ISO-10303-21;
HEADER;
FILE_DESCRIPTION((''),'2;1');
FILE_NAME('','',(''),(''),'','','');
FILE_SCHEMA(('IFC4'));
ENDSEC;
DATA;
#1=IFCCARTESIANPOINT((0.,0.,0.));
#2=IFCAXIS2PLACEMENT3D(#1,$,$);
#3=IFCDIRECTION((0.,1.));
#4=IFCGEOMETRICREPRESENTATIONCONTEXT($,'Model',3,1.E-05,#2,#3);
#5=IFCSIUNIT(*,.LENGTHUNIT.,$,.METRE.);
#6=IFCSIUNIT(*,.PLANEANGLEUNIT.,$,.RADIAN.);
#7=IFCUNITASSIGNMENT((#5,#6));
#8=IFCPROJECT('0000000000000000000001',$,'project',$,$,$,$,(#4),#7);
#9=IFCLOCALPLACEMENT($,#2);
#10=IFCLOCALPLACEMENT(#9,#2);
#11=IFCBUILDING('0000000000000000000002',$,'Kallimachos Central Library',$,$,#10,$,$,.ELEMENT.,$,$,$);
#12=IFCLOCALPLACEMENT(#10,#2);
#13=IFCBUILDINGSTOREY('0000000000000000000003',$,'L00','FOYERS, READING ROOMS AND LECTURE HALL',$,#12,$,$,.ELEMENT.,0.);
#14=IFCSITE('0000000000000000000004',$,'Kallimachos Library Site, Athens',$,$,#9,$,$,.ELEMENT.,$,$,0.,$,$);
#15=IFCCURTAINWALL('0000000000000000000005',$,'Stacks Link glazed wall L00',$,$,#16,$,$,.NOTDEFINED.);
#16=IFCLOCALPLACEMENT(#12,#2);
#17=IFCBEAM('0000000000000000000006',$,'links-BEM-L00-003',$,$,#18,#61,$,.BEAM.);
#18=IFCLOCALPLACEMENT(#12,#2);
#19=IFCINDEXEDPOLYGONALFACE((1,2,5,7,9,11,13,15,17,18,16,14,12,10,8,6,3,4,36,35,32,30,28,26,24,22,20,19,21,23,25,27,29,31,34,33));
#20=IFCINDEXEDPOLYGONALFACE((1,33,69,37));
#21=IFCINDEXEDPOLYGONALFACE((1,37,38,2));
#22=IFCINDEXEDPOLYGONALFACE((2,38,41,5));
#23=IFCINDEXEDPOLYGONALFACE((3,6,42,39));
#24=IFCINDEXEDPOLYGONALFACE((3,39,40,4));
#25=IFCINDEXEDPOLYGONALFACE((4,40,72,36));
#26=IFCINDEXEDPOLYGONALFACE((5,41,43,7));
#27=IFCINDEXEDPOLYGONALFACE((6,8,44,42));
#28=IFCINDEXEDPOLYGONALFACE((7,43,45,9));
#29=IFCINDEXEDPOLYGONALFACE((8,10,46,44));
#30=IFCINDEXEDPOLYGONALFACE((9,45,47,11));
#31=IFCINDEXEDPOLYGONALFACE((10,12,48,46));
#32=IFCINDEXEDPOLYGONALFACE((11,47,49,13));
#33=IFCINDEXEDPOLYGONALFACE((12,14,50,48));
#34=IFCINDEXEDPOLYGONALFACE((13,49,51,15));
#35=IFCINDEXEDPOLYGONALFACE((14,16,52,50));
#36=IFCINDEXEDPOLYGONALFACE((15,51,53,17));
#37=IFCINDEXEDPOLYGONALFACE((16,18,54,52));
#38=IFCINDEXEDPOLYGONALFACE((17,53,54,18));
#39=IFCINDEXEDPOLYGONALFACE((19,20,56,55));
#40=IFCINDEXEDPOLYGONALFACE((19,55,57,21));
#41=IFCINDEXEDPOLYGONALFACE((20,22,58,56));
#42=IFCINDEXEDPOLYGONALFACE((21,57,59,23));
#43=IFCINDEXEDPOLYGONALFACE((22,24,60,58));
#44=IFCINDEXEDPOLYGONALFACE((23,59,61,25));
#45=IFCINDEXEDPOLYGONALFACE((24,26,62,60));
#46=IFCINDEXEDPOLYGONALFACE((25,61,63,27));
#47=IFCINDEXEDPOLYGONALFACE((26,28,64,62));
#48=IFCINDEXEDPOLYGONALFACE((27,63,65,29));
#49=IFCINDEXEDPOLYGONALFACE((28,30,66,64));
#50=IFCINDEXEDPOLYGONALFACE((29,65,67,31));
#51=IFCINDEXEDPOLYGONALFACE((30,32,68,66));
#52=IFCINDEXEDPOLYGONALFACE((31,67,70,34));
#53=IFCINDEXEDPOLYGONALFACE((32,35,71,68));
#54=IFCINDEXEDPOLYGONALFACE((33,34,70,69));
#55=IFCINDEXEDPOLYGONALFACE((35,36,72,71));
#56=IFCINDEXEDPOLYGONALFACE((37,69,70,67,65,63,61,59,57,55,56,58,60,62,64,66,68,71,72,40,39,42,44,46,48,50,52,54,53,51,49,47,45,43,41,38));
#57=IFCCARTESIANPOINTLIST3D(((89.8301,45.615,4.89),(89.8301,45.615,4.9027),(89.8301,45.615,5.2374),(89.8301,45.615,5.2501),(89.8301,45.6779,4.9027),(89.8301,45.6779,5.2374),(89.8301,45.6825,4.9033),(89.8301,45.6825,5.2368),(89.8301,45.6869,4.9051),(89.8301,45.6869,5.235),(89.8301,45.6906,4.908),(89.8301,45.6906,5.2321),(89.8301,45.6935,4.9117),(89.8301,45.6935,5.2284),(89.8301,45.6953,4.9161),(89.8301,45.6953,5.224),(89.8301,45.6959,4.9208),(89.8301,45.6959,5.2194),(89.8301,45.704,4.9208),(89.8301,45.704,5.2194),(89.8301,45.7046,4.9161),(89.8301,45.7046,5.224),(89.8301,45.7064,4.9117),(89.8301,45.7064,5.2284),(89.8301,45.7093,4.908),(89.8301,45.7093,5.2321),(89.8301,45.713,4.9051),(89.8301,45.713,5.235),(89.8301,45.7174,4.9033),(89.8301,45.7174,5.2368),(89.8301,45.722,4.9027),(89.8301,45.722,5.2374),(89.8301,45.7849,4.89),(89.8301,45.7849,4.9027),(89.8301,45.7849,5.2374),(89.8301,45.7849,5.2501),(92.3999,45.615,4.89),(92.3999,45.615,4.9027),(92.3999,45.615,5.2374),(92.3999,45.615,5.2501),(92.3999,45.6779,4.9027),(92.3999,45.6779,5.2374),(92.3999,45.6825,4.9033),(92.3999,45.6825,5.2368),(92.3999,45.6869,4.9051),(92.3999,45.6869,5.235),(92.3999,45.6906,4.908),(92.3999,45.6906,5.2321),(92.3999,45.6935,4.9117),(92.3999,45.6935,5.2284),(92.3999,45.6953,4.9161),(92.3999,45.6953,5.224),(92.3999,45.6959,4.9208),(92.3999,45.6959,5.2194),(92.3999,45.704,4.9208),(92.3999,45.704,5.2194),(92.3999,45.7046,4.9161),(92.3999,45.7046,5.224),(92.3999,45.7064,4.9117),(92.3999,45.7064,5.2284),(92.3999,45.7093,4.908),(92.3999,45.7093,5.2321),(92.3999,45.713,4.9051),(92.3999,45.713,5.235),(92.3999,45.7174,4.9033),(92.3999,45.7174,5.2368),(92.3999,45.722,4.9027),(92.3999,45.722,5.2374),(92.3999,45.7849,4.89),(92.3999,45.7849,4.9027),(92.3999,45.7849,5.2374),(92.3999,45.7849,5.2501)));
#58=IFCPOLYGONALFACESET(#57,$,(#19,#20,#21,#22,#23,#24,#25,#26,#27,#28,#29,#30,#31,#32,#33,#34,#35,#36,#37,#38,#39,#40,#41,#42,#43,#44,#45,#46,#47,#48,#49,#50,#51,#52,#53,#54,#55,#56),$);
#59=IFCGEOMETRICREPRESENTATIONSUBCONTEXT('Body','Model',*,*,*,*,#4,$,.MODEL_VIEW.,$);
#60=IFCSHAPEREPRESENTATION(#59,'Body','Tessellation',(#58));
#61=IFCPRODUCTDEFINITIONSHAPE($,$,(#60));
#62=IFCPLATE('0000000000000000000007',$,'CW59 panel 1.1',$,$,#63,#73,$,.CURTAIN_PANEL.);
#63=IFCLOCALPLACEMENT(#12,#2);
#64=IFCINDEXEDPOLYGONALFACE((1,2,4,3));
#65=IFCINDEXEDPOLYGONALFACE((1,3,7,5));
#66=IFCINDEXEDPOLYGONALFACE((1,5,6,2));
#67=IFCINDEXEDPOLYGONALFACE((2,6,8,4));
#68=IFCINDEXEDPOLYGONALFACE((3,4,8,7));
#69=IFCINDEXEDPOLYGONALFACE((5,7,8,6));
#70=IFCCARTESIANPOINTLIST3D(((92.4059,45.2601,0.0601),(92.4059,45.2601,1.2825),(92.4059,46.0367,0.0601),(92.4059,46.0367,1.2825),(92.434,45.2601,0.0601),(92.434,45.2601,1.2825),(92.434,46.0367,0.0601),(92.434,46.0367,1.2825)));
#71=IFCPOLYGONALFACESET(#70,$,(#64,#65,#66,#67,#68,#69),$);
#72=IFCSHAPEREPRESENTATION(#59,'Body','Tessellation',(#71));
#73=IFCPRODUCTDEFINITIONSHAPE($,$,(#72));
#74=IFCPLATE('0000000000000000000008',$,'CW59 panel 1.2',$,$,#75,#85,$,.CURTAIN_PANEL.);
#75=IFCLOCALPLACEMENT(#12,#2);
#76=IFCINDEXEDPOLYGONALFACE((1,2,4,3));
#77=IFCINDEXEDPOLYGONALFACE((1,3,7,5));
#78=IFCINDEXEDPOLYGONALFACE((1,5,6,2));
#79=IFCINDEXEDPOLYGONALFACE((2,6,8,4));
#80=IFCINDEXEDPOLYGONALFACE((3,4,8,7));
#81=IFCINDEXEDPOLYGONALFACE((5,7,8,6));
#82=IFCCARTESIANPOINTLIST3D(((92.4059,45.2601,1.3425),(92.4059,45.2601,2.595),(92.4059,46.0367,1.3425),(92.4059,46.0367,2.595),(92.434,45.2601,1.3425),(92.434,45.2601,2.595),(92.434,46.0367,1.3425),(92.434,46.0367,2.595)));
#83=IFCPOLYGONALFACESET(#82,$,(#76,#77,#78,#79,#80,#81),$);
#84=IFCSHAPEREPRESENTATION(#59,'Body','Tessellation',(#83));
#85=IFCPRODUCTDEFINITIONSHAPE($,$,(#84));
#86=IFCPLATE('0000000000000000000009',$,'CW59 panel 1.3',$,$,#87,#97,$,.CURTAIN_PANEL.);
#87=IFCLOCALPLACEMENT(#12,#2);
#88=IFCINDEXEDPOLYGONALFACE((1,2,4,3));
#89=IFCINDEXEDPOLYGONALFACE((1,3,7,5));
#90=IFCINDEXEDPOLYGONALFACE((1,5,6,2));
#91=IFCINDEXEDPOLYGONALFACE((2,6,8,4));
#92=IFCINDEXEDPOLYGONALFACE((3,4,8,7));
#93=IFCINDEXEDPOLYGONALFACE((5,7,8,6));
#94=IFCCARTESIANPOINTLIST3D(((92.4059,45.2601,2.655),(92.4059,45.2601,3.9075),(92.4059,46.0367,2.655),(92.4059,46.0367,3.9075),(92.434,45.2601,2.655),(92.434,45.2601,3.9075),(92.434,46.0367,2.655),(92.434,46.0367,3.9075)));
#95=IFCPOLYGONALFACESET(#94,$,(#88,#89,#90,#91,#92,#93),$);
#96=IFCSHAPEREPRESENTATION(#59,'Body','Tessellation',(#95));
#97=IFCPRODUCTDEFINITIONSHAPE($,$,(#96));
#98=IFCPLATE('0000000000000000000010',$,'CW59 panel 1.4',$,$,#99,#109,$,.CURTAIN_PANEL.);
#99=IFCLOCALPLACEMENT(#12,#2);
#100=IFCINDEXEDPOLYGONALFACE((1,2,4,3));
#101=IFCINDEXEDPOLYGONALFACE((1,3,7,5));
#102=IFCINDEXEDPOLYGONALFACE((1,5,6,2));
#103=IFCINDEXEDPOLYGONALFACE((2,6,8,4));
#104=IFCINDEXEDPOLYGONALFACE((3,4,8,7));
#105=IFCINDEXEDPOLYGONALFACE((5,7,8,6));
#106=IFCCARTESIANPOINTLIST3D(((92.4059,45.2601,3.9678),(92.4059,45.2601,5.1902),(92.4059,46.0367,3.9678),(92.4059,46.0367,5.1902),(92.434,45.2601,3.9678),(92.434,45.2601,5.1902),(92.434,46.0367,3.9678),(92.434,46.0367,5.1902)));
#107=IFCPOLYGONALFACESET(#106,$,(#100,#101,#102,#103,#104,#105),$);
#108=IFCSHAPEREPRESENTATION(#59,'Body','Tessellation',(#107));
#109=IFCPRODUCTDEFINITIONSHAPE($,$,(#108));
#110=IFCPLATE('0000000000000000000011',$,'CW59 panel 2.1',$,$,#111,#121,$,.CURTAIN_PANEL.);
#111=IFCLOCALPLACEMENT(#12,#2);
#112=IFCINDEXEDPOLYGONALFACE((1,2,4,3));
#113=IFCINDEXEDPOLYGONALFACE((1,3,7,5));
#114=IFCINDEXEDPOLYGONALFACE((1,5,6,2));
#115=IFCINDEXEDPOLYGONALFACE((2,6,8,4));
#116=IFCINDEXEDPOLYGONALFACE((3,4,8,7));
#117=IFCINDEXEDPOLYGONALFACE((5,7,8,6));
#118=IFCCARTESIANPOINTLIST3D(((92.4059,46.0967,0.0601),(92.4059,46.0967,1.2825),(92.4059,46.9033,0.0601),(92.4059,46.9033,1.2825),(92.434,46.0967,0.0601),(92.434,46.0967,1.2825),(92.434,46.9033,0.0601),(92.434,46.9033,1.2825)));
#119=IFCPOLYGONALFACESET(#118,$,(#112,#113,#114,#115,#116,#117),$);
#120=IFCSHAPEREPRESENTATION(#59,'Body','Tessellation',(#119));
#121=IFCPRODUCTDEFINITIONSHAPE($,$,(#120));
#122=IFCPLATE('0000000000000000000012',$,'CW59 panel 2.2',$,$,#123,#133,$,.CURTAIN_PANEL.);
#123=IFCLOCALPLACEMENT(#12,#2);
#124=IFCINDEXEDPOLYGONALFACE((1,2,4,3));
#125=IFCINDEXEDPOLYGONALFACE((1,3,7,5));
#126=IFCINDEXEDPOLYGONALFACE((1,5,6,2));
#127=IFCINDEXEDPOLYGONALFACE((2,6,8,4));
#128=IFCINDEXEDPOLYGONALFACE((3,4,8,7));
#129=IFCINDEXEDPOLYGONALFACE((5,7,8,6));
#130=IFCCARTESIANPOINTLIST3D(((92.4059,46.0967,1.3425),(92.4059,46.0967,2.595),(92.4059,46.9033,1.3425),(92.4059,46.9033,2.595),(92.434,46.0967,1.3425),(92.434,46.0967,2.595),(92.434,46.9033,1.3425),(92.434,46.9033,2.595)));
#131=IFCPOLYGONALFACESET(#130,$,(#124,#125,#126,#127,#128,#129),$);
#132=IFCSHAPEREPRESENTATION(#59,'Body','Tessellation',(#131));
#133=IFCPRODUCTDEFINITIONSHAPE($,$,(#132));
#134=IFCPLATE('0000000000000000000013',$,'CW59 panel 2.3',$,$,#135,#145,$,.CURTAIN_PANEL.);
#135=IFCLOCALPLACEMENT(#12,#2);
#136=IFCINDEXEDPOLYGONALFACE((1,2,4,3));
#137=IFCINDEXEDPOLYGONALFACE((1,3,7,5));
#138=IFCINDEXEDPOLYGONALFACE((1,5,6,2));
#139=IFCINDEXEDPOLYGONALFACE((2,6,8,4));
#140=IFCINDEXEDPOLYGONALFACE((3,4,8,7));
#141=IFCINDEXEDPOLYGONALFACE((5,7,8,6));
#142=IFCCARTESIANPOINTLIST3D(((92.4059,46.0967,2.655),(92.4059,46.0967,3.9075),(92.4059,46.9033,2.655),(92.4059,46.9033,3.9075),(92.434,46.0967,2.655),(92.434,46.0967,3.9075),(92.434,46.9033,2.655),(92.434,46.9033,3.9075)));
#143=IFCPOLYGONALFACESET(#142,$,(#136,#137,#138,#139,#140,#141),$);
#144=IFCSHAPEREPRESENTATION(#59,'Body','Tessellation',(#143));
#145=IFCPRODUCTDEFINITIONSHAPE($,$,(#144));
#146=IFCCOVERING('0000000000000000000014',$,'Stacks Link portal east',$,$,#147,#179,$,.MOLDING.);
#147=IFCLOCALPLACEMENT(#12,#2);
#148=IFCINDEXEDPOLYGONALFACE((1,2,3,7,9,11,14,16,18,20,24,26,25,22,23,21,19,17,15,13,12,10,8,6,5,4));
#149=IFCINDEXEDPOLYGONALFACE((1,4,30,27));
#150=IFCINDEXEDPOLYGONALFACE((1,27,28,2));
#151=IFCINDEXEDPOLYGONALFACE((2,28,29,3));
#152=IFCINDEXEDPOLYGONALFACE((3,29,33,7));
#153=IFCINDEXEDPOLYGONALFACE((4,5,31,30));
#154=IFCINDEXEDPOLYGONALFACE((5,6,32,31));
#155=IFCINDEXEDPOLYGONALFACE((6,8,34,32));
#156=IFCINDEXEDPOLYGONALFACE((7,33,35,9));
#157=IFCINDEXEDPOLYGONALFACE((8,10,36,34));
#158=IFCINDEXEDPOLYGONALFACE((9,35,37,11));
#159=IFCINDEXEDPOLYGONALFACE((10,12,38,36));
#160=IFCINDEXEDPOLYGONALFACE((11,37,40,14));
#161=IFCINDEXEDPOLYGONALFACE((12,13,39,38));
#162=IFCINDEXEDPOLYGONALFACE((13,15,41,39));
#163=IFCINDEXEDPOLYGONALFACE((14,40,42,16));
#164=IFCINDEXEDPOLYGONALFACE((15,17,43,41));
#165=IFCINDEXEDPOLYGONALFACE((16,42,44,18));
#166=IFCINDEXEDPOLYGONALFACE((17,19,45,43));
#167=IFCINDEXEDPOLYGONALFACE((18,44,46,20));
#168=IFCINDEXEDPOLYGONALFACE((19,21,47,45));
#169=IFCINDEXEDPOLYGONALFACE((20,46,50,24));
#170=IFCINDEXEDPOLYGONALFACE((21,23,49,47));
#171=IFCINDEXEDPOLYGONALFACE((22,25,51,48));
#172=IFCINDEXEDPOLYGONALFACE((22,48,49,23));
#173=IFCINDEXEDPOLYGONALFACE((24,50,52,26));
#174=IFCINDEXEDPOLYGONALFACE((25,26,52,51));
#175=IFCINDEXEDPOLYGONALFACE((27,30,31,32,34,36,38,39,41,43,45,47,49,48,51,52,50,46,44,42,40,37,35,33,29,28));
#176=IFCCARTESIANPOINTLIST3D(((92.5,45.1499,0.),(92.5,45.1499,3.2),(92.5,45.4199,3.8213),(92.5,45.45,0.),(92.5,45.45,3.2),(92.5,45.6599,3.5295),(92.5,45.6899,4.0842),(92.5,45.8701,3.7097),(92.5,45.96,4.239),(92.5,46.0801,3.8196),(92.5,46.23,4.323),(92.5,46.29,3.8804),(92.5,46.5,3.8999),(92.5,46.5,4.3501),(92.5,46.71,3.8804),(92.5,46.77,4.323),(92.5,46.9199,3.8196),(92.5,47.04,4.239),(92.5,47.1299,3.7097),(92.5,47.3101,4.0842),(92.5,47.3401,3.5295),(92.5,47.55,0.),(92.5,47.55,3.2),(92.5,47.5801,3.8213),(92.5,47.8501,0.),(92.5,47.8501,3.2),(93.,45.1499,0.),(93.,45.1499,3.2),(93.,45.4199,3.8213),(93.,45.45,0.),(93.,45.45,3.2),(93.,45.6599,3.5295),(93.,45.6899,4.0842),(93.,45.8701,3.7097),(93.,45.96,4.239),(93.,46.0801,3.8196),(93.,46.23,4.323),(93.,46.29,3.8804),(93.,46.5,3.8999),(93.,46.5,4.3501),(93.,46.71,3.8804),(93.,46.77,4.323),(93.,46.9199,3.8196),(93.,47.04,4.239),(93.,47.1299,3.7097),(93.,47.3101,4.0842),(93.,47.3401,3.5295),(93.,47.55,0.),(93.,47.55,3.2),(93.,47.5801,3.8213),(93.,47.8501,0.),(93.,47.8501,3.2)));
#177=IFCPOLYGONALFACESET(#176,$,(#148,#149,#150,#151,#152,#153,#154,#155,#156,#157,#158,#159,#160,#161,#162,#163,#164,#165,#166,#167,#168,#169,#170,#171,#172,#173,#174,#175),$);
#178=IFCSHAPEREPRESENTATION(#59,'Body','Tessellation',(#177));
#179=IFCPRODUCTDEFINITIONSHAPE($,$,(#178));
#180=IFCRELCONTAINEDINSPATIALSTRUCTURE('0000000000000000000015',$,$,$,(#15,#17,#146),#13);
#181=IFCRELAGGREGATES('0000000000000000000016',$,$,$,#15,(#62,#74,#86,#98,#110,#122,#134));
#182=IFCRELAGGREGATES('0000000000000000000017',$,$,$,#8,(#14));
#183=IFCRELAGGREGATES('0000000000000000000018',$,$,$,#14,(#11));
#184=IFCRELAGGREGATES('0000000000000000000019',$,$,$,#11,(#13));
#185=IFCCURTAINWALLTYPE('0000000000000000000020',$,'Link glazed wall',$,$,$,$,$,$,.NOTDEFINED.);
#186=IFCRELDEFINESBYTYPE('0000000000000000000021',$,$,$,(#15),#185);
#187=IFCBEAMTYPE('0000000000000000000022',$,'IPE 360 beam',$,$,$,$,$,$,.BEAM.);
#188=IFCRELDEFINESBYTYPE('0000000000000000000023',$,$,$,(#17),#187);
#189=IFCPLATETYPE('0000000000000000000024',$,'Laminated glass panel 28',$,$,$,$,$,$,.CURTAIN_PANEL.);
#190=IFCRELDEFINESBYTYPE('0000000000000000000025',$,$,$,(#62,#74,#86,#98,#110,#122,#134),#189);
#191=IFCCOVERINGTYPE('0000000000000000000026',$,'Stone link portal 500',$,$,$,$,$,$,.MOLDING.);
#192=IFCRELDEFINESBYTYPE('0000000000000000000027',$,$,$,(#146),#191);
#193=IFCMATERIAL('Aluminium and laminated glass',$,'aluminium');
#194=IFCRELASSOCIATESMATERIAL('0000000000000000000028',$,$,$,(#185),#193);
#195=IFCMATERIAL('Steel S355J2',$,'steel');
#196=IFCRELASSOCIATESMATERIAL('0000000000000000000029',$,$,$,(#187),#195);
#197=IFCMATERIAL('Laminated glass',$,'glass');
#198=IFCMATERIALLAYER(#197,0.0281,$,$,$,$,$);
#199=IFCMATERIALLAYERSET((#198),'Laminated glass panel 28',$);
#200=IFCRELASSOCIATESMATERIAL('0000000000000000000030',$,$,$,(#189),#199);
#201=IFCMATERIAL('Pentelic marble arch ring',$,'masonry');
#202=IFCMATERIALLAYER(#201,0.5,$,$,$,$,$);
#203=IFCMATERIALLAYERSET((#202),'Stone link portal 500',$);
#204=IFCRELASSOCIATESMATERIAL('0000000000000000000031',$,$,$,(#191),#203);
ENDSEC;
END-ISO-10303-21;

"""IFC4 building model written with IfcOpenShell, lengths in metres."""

from ifc_helpers import new_model, si_unit, direction, frame, origin, origin_2d, place, context, subcontext, project, spatial, polyline, rectangle, i_section, outline, extrude, material, layer, layer_set, material_profile, profile_set, type_object, element, aggregate, save


model = new_model("IFC4")

# Units and contexts
model_context = context("Model", 3, precision=1e-05, world=origin(), true_north=direction((0.0, 1.0)))
body_context = subcontext(model_context, "Body", "Model", "MODEL_VIEW")
ifc_project = project(units=[si_unit("LENGTHUNIT", "METRE"), si_unit("PLANEANGLEUNIT", "RADIAN")], contexts=[model_context])

# Site, building, storey
site_placement = place(None, origin())
site = spatial("IfcSite", under=ifc_project, at=site_placement, Name="Kallimachos Library Site, Athens", CompositionType="ELEMENT", RefElevation=0.0)
building_placement = place(site_placement, origin())
building = spatial("IfcBuilding", under=site, at=building_placement, Name="Kallimachos Central Library", CompositionType="ELEMENT")
storey_placement = place(building_placement, origin())
storey = spatial("IfcBuildingStorey", under=building, at=storey_placement, Name="L00", Description="FOYERS, READING ROOMS AND LECTURE HALL", CompositionType="ELEMENT", Elevation=0.0)

# Curtain wall
ifc_material_1 = material(Name="Aluminium and laminated glass", Category="aluminium")
curtain_wall_type = type_object("IfcCurtainWallType", Name="Link glazed wall", PredefinedType="NOTDEFINED", material=ifc_material_1)
curtain_wall_placement = place(storey_placement, origin())
curtain_wall = element("IfcCurtainWall", 1, at=curtain_wall_placement, inside=storey, type_object=curtain_wall_type, Name="Stacks Link glazed wall L00", PredefinedType="NOTDEFINED")

# Beam
ifc_material_2 = material(Name="Steel S355J2", Category="steel")
ifc_material_profile_1 = material_profile(ifc_material_2, i_section(OverallWidth=0.1699, OverallDepth=0.3601, WebThickness=0.0081, FlangeThickness=0.0127, FilletRadius=0.0181, at=origin_2d()), Name="IPE 360")
ifc_profile_set_1 = profile_set([ifc_material_profile_1], Name="Steel S355J2")
beam_type_1 = type_object("IfcBeamType", Name="IPE 360 beam", PredefinedType="BEAM", material=ifc_profile_set_1)
beam_1_placement = place(storey_placement, frame((89.8301, 45.7, 5.0701), z_axis=(1.0, 0.0, 0.0), x_axis=(0.0, 1.0, 0.0)))
element("IfcBeam", 2, at=beam_1_placement, inside=storey, type_object=beam_type_1, Name="links-BEM-L00-003", PredefinedType="BEAM", context=body_context, shape_type="SweptSolid", body=[
    extrude(i_section(OverallWidth=0.1699, OverallDepth=0.3601, WebThickness=0.0081, FlangeThickness=0.0127, FilletRadius=0.0181, at=origin_2d()), origin(), (0.0, 0.0, 1.0), 2.5698),
])

# Plates
ifc_material_3 = material(Name="Laminated glass", Category="glass")
ifc_layer_1 = layer(ifc_material_3, 0.0281)
ifc_layer_set_1 = layer_set([ifc_layer_1], Name="Laminated glass panel 28")
plate_type = type_object("IfcPlateType", Name="Laminated glass panel 28", PredefinedType="CURTAIN_PANEL", material=ifc_layer_set_1)
plate_1_placement = place(storey_placement, frame((92.4199, 45.6484, 0.0601), z_axis=(0.0, 0.0, 1.0), x_axis=(0.0, 1.0, 0.0)))
plate_1 = element("IfcPlate", 3, at=plate_1_placement, type_object=plate_type, Name="CW59 panel 1.1", PredefinedType="CURTAIN_PANEL", context=body_context, shape_type="SweptSolid", body=[
    extrude(rectangle(XDim=0.7766, YDim=0.0281, at=origin_2d()), origin(), (0.0, 0.0, 1.0), 1.2224),
])
plate_2_placement = place(storey_placement, frame((92.4199, 45.6484, 1.3425), z_axis=(0.0, 0.0, 1.0), x_axis=(0.0, 1.0, 0.0)))
plate_2 = element("IfcPlate", 4, at=plate_2_placement, type_object=plate_type, Name="CW59 panel 1.2", PredefinedType="CURTAIN_PANEL", context=body_context, shape_type="SweptSolid", body=[
    extrude(rectangle(XDim=0.7766, YDim=0.0281, at=origin_2d()), origin(), (0.0, 0.0, 1.0), 1.2524),
])
plate_3_placement = place(storey_placement, frame((92.4199, 45.6484, 2.655), z_axis=(0.0, 0.0, 1.0), x_axis=(0.0, 1.0, 0.0)))
plate_3 = element("IfcPlate", 5, at=plate_3_placement, type_object=plate_type, Name="CW59 panel 1.3", PredefinedType="CURTAIN_PANEL", context=body_context, shape_type="SweptSolid", body=[
    extrude(rectangle(XDim=0.7766, YDim=0.0281, at=origin_2d()), origin(), (0.0, 0.0, 1.0), 1.2524),
])
plate_4_placement = place(storey_placement, frame((92.4199, 45.6484, 3.9678), z_axis=(0.0, 0.0, 1.0), x_axis=(0.0, 1.0, 0.0)))
plate_4 = element("IfcPlate", 6, at=plate_4_placement, type_object=plate_type, Name="CW59 panel 1.4", PredefinedType="CURTAIN_PANEL", context=body_context, shape_type="SweptSolid", body=[
    extrude(rectangle(XDim=0.7766, YDim=0.0281, at=origin_2d()), origin(), (0.0, 0.0, 1.0), 1.2224),
])
plate_5_placement = place(storey_placement, frame((92.4199, 46.5, 0.0601), z_axis=(0.0, 0.0, 1.0), x_axis=(0.0, 1.0, 0.0)))
plate_5 = element("IfcPlate", 7, at=plate_5_placement, type_object=plate_type, Name="CW59 panel 2.1", PredefinedType="CURTAIN_PANEL", context=body_context, shape_type="SweptSolid", body=[
    extrude(rectangle(XDim=0.8066, YDim=0.0281, at=origin_2d()), origin(), (0.0, 0.0, 1.0), 1.2224),
])
plate_6_placement = place(storey_placement, frame((92.4199, 46.5, 1.3425), z_axis=(0.0, 0.0, 1.0), x_axis=(0.0, 1.0, 0.0)))
plate_6 = element("IfcPlate", 8, at=plate_6_placement, type_object=plate_type, Name="CW59 panel 2.2", PredefinedType="CURTAIN_PANEL", context=body_context, shape_type="SweptSolid", body=[
    extrude(rectangle(XDim=0.8066, YDim=0.0281, at=origin_2d()), origin(), (0.0, 0.0, 1.0), 1.2524),
])
plate_7_placement = place(storey_placement, frame((92.4199, 46.5, 2.655), z_axis=(0.0, 0.0, 1.0), x_axis=(0.0, 1.0, 0.0)))
plate_7 = element("IfcPlate", 9, at=plate_7_placement, type_object=plate_type, Name="CW59 panel 2.3", PredefinedType="CURTAIN_PANEL", context=body_context, shape_type="SweptSolid", body=[
    extrude(rectangle(XDim=0.8066, YDim=0.0281, at=origin_2d()), origin(), (0.0, 0.0, 1.0), 1.2524),
])
aggregate(curtain_wall, [plate_1, plate_2, plate_3, plate_4, plate_5, plate_6, plate_7])

# Covering
ifc_material_4 = material(Name="Pentelic marble arch ring", Category="masonry")
ifc_layer_2 = layer(ifc_material_4, 0.5)
ifc_layer_set_2 = layer_set([ifc_layer_2], Name="Stone link portal 500")
covering_type = type_object("IfcCoveringType", Name="Stone link portal 500", PredefinedType="MOLDING", material=ifc_layer_set_2)
covering_placement = place(storey_placement, frame((93.0, 45.45, 0.0), z_axis=(1.0, 0.0, 0.0), x_axis=(0.0, 0.0, 1.0)))
element("IfcCovering", 10, at=covering_placement, inside=storey, type_object=covering_type, Name="Stacks Link portal east", PredefinedType="MOLDING", context=body_context, shape_type="SweptSolid", body=[
    extrude(outline(polyline([(0.0, 0.0), (3.2, 0.0), (3.5295, -0.21), (3.7097, -0.4202), (3.8196, -0.6301), (3.8804, -0.8401), (3.8999, -1.05), (3.8804, -1.26), (3.8196, -1.47), (3.7097, -1.6799), (3.5295, -1.8901), (3.2, -2.1001), (0.0, -2.1001), (0.0, -2.4001), (3.2, -2.4001), (3.8213, -2.1301), (4.0842, -1.8601), (4.239, -1.5901), (4.323, -1.3201), (4.3501, -1.05), (4.323, -0.78), (4.239, -0.51), (4.0842, -0.24), (3.8213, 0.03), (3.2, 0.3), (0.0, 0.3), (0.0, 0.0)])), origin(), (0.0, 0.0, -1.0), 0.5),
])

save(model, "model.ifc")
